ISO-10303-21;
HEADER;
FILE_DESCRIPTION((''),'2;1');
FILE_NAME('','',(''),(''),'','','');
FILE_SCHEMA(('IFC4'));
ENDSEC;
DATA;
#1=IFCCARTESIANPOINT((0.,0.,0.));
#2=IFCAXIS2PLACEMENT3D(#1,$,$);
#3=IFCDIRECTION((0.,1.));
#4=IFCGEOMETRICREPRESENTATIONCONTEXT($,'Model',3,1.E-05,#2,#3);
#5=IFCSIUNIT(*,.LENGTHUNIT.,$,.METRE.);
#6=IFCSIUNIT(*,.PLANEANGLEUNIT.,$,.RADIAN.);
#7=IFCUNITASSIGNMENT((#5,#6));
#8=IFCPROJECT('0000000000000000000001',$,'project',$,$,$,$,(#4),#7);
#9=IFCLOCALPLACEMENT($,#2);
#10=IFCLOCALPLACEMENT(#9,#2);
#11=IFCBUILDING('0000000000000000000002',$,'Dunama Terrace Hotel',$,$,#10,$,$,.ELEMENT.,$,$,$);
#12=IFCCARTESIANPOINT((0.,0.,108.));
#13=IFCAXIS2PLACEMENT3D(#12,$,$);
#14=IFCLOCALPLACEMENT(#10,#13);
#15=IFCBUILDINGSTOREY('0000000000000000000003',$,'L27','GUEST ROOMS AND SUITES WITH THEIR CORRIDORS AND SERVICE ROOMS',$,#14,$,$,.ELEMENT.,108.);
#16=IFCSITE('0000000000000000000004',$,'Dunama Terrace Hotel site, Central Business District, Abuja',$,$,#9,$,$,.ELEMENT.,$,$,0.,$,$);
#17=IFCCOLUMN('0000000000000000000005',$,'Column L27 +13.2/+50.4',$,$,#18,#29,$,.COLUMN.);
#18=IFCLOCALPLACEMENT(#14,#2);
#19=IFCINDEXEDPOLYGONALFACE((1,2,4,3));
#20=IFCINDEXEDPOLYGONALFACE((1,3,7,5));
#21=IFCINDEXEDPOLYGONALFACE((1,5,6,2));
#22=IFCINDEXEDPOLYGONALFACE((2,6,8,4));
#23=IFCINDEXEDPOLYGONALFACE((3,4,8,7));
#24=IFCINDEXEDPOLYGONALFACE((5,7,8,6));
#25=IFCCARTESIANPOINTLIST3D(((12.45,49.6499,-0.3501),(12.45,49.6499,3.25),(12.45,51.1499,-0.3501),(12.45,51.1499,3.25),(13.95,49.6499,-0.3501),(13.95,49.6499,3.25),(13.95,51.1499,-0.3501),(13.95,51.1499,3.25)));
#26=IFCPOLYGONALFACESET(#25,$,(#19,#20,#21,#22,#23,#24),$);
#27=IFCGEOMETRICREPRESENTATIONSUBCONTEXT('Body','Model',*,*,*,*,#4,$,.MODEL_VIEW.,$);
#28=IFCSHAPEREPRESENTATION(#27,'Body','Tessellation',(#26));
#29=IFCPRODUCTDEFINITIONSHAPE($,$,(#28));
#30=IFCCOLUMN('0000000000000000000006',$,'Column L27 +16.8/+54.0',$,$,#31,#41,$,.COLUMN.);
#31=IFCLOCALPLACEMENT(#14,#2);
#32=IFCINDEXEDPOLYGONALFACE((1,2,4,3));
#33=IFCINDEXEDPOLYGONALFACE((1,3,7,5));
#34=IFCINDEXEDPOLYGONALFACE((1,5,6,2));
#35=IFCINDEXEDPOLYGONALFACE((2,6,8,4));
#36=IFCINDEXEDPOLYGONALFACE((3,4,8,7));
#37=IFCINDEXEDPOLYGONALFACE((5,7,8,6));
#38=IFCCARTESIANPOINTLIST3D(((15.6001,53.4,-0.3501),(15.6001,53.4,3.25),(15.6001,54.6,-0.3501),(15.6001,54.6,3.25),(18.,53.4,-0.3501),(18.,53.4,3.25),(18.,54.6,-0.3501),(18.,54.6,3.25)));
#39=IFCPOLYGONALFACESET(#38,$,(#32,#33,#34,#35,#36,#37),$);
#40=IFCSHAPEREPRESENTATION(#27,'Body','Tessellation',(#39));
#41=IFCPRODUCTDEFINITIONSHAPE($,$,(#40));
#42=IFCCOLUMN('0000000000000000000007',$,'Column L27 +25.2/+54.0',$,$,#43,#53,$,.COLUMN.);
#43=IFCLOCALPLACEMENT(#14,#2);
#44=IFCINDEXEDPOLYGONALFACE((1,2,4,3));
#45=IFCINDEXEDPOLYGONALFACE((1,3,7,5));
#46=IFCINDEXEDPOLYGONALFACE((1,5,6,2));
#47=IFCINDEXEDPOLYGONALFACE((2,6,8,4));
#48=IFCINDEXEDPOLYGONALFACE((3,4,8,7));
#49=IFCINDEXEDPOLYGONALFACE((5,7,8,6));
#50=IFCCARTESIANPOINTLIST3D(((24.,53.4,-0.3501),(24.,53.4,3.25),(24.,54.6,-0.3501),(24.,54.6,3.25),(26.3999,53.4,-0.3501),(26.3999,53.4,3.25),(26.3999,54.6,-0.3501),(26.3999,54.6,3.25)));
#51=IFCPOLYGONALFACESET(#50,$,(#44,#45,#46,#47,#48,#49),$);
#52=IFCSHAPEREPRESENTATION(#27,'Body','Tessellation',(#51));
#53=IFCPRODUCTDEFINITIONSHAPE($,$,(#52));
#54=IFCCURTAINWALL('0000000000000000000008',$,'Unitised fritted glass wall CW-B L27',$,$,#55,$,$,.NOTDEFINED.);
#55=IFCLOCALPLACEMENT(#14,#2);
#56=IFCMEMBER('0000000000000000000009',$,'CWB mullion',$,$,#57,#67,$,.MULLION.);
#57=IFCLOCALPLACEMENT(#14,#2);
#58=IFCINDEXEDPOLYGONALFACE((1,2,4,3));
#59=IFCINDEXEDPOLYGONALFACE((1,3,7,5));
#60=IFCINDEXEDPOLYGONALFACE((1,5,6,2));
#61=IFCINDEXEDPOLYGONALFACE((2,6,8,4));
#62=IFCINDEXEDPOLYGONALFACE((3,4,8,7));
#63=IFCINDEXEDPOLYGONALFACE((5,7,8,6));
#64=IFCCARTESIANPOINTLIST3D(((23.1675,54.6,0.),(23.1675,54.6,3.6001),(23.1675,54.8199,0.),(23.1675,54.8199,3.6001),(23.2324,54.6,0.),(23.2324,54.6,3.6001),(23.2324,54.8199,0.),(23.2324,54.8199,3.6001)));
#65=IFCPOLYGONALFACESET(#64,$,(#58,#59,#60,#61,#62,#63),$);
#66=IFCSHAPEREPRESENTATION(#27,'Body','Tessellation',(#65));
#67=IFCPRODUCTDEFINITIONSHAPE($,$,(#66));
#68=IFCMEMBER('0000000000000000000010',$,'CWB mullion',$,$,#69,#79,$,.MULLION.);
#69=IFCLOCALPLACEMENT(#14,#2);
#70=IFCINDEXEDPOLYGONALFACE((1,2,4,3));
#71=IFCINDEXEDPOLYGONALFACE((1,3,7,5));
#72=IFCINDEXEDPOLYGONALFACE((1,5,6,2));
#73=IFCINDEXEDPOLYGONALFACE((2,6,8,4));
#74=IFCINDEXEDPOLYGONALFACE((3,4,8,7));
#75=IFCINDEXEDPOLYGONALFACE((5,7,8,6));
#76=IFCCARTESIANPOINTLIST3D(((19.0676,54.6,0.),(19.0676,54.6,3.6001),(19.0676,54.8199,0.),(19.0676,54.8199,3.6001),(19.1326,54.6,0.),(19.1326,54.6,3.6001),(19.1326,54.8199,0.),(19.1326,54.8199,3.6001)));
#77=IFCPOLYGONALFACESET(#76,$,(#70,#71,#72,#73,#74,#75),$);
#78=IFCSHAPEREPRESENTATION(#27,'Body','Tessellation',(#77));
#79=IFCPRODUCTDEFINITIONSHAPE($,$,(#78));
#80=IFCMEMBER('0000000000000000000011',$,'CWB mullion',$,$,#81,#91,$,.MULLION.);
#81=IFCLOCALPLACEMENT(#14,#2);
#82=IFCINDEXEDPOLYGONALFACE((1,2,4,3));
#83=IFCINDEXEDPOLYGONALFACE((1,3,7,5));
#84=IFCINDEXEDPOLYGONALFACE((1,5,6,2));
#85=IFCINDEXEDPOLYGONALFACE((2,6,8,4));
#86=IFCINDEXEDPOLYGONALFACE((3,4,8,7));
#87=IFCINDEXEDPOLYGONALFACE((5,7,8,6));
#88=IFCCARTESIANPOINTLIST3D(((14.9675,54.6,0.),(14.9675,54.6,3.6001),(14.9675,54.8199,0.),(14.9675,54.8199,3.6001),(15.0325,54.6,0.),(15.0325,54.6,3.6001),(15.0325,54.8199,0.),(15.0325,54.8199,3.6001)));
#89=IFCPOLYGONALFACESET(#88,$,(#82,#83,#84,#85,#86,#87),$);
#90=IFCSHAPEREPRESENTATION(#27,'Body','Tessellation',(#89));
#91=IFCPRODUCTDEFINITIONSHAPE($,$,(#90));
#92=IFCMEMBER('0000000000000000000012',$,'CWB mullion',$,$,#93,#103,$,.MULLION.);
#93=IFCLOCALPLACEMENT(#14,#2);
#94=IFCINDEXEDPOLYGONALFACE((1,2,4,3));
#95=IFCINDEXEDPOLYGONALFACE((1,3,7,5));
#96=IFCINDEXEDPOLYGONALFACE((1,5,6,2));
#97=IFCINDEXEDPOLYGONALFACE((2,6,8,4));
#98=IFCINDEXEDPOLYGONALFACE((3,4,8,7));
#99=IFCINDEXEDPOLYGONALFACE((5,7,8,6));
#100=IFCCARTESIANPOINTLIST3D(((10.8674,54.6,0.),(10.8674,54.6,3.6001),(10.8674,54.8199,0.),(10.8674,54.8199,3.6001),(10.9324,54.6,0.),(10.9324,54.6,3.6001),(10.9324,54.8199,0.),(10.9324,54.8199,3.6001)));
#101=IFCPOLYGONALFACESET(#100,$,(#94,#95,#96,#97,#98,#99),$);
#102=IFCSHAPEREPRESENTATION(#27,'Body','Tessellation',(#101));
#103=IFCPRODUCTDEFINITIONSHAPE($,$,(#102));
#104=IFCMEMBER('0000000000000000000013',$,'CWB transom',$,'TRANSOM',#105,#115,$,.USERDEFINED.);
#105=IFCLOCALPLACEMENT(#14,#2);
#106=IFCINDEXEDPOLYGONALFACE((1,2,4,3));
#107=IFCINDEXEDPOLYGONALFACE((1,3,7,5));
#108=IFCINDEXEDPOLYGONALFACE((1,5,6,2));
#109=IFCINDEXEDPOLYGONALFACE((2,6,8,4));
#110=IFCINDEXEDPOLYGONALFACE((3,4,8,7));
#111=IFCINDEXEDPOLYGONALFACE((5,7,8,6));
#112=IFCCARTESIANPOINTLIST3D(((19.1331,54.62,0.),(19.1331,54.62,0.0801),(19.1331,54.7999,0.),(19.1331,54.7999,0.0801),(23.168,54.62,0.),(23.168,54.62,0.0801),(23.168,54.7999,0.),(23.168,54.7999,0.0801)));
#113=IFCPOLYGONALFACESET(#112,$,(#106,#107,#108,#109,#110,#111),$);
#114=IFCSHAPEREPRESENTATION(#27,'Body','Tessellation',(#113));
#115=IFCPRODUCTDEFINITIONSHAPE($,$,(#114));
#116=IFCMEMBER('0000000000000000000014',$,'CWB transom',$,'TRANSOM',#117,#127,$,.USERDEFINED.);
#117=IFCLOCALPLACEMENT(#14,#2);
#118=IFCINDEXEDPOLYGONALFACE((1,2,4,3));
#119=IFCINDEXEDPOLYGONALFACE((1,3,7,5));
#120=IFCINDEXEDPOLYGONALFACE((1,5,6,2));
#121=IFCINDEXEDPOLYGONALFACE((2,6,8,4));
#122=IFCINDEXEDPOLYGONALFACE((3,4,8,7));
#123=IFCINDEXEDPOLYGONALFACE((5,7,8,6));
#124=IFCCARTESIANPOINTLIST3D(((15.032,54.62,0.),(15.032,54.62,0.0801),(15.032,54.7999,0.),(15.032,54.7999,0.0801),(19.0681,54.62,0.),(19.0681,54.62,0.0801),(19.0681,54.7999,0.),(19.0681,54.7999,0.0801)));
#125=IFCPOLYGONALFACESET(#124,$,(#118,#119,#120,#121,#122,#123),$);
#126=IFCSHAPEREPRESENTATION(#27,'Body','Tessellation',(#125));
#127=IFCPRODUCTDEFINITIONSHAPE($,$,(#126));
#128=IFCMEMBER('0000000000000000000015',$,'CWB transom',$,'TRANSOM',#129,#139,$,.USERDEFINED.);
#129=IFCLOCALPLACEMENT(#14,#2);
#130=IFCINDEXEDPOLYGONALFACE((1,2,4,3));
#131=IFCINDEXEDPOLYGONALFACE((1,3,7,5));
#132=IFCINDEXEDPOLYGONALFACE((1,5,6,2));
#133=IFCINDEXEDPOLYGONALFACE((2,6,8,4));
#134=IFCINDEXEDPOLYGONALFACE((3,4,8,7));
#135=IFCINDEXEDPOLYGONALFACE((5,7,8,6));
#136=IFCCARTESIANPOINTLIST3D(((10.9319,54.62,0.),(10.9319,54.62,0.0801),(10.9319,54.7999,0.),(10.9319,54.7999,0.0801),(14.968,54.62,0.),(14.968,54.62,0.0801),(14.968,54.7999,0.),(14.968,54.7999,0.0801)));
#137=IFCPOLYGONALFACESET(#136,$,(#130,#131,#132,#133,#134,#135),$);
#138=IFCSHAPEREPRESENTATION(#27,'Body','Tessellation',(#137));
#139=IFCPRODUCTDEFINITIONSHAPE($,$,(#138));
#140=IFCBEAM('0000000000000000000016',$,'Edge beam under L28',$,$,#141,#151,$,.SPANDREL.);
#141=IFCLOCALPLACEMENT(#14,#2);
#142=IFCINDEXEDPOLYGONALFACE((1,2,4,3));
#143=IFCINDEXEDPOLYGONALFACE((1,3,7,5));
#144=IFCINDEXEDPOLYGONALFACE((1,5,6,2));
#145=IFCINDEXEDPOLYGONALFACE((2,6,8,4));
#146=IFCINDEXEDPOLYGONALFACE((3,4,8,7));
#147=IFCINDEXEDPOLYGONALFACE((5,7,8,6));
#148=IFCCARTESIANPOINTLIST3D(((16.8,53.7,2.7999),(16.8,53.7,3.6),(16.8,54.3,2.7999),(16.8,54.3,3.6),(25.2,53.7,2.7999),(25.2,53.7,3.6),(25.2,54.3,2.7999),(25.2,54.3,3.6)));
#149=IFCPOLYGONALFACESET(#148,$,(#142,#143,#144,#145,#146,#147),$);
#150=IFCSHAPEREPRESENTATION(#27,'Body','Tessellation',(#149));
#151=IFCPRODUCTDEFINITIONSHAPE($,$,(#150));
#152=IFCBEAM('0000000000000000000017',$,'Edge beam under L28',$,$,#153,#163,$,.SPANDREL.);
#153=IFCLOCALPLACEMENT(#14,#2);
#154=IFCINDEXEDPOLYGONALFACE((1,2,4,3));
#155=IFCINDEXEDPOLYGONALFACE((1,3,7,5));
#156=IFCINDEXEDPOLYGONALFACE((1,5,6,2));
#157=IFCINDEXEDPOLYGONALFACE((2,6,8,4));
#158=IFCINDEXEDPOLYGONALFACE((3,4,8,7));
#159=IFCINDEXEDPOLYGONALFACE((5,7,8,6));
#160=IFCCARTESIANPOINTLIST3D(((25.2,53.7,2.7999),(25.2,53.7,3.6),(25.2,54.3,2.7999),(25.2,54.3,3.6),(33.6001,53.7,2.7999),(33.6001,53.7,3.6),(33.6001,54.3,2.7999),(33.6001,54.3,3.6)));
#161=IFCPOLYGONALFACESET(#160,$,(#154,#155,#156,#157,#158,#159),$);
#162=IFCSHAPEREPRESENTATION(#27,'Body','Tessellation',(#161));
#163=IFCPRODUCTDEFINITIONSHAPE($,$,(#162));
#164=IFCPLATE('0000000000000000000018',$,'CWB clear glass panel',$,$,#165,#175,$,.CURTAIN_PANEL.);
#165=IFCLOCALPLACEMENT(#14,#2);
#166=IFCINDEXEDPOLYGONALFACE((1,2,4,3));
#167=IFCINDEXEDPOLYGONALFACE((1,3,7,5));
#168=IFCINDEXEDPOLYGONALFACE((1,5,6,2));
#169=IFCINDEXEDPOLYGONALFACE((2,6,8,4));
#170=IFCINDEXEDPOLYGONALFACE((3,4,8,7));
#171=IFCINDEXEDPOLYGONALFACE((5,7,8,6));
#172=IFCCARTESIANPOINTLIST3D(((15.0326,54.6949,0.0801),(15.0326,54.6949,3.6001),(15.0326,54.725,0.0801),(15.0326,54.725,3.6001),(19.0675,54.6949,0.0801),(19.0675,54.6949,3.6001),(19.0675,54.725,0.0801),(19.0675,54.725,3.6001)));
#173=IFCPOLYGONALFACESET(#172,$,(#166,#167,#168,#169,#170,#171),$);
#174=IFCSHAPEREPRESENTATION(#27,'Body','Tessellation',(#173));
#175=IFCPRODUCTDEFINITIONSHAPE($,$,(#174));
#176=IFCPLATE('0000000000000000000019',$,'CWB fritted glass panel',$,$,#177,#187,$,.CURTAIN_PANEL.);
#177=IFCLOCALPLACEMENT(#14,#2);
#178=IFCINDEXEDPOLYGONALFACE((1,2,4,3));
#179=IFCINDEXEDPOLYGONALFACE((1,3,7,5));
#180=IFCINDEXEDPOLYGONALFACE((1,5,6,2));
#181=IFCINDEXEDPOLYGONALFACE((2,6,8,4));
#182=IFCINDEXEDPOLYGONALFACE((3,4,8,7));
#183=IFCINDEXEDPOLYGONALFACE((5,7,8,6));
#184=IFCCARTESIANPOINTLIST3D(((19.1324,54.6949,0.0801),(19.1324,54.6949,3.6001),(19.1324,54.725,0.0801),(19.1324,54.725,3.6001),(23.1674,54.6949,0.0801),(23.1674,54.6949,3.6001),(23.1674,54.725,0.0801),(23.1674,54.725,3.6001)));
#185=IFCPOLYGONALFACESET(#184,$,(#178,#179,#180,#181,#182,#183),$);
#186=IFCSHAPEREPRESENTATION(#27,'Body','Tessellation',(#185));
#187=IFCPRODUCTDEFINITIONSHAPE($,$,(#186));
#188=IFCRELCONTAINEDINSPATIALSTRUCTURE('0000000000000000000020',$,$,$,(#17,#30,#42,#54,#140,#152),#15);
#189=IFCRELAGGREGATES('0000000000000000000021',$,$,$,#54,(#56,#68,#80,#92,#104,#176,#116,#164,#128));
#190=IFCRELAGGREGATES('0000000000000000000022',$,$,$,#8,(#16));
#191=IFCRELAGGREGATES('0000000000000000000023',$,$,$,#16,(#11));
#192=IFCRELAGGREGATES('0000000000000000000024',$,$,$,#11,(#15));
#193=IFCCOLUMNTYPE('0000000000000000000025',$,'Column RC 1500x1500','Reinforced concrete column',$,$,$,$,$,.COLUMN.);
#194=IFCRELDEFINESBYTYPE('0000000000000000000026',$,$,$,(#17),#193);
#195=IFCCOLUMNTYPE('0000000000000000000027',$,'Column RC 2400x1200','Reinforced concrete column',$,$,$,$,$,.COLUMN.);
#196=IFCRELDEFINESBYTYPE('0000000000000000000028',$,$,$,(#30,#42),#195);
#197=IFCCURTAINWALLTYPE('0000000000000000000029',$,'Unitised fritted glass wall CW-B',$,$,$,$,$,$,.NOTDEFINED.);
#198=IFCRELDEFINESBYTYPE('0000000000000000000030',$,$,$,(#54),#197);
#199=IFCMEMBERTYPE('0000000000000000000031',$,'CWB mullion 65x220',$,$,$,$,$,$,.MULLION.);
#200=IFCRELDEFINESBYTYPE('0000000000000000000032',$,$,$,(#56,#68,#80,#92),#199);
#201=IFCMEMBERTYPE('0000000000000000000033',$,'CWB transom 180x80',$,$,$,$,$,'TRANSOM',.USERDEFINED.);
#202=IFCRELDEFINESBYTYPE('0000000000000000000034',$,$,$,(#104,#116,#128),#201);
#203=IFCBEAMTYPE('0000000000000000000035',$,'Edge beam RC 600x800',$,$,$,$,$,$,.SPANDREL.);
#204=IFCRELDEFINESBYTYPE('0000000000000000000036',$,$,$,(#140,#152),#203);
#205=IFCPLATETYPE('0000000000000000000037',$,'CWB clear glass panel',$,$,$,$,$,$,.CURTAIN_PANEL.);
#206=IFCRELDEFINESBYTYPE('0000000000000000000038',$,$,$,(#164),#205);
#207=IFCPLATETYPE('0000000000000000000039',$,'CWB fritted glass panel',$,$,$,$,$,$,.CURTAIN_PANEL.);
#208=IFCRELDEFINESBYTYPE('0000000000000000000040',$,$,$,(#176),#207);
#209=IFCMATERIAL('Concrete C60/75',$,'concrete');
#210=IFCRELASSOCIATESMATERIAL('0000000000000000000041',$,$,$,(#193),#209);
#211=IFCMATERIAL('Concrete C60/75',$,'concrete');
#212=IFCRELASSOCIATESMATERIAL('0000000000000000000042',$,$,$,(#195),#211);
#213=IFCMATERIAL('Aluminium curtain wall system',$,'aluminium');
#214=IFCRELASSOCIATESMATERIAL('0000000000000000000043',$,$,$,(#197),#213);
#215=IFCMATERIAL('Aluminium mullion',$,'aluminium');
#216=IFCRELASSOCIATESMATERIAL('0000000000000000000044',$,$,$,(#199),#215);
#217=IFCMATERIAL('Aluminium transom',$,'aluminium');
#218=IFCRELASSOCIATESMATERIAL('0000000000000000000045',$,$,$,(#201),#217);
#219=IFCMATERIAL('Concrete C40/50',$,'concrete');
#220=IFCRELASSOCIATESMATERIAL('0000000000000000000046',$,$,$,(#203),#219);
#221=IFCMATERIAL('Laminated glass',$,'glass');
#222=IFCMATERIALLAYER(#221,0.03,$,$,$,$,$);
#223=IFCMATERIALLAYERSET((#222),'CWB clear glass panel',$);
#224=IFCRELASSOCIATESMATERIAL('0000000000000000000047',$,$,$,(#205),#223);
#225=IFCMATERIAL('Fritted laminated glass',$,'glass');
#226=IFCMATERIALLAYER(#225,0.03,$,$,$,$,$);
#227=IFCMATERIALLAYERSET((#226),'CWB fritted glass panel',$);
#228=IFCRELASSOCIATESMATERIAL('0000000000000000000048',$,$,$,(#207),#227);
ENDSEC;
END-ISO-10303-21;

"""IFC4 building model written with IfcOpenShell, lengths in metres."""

from ifc_helpers import new_model, si_unit, direction, frame, origin, origin_2d, place, context, subcontext, project, spatial, rectangle, extrude, material, layer, layer_set, material_profile, profile_set, type_object, element, aggregate, save


model = new_model("IFC4")

# Units and contexts
model_context = context("Model", 3, precision=1e-05, world=origin(), true_north=direction((0.0, 1.0)))
body_context = subcontext(model_context, "Body", "Model", "MODEL_VIEW")
ifc_project = project(units=[si_unit("LENGTHUNIT", "METRE"), si_unit("PLANEANGLEUNIT", "RADIAN")], contexts=[model_context])

# Site, building, storey
site_placement = place(None, origin())
site = spatial("IfcSite", under=ifc_project, at=site_placement, Name="Dunama Terrace Hotel site, Central Business District, Abuja", CompositionType="ELEMENT", RefElevation=0.0)
building_placement = place(site_placement, origin())
building = spatial("IfcBuilding", under=site, at=building_placement, Name="Dunama Terrace Hotel", CompositionType="ELEMENT")
storey_placement = place(building_placement, frame((0.0, 0.0, 108.0)))
storey = spatial("IfcBuildingStorey", under=building, at=storey_placement, Name="L27", Description="GUEST ROOMS AND SUITES WITH THEIR CORRIDORS AND SERVICE ROOMS", CompositionType="ELEMENT", Elevation=108.0)

# Columns
ifc_material_1 = material(Name="Concrete C60/75", Category="concrete")
ifc_material_profile_1 = material_profile(ifc_material_1, rectangle(XDim=1.5, YDim=1.5, at=origin_2d()), Name="RC 1500x1500")
ifc_profile_set_1 = profile_set([ifc_material_profile_1], Name="Concrete C60/75")
column_type_1 = type_object("IfcColumnType", Name="Column RC 1500x1500", Description="Reinforced concrete column", PredefinedType="COLUMN", material=ifc_profile_set_1)
column_placement = place(storey_placement, frame((13.2, 50.3999, -0.3501), z_axis=(0.0, 0.0, 1.0), x_axis=(1.0, 0.0, 0.0)))
element("IfcColumn", 1, at=column_placement, inside=storey, type_object=column_type_1, Name="Column L27 +13.2/+50.4", PredefinedType="COLUMN", context=body_context, shape_type="SweptSolid", body=[
    extrude(rectangle(XDim=1.5, YDim=1.5, at=origin_2d()), origin(), (0.0, 0.0, 1.0), 3.6001),
])
ifc_material_2 = material(Name="Concrete C60/75", Category="concrete")
ifc_material_profile_2 = material_profile(ifc_material_2, rectangle(XDim=2.3999, YDim=1.2, at=origin_2d()), Name="RC 2400x1200")
ifc_profile_set_2 = profile_set([ifc_material_profile_2], Name="Concrete C60/75")
column_type_2 = type_object("IfcColumnType", Name="Column RC 2400x1200", Description="Reinforced concrete column", PredefinedType="COLUMN", material=ifc_profile_set_2)
for number, where, z_axis, x_axis, name in (
    (2, (16.8, 54.0, -0.3501), (0.0, 0.0, 1.0), (1.0, 0.0, 0.0), "Column L27 +16.8/+54.0"),
    (3, (25.2, 54.0, -0.3501), (0.0, 0.0, 1.0), (1.0, 0.0, 0.0), "Column L27 +25.2/+54.0"),
):
    element("IfcColumn", number, at=place(storey_placement, frame(where, z_axis=z_axis, x_axis=x_axis)), inside=storey, type_object=column_type_2, Name=name, PredefinedType="COLUMN", context=body_context, shape_type="SweptSolid", body=[
        extrude(rectangle(XDim=2.3999, YDim=1.2, at=origin_2d()), origin(), (0.0, 0.0, 1.0), 3.6001),
    ])

# Curtain wall, members
ifc_material_3 = material(Name="Aluminium curtain wall system", Category="aluminium")
curtain_wall_type = type_object("IfcCurtainWallType", Name="Unitised fritted glass wall CW-B", PredefinedType="NOTDEFINED", material=ifc_material_3)
curtain_wall_placement = place(storey_placement, origin())
curtain_wall = element("IfcCurtainWall", 4, at=curtain_wall_placement, inside=storey, type_object=curtain_wall_type, Name="Unitised fritted glass wall CW-B L27", PredefinedType="NOTDEFINED")
ifc_material_4 = material(Name="Aluminium mullion", Category="aluminium")
ifc_material_profile_3 = material_profile(ifc_material_4, rectangle(XDim=0.0649, YDim=0.22, at=origin_2d()), Name="CWB MULLION 65X220")
ifc_profile_set_3 = profile_set([ifc_material_profile_3], Name="Aluminium mullion")
member_type_1 = type_object("IfcMemberType", Name="CWB mullion 65x220", PredefinedType="MULLION", material=ifc_profile_set_3)
member_1_placement = place(storey_placement, frame((23.2, 54.71, 0.0), z_axis=(0.0, 0.0, 1.0), x_axis=(-1.0, 0.0, 0.0)))
member_1 = element("IfcMember", 5, at=member_1_placement, type_object=member_type_1, Name="CWB mullion", PredefinedType="MULLION", context=body_context, shape_type="SweptSolid", body=[
    extrude(rectangle(XDim=0.0649, YDim=0.22, at=origin_2d()), origin(), (0.0, 0.0, 1.0), 3.6001),
])
member_2_placement = place(storey_placement, frame((19.1001, 54.71, 0.0), z_axis=(0.0, 0.0, 1.0), x_axis=(-1.0, 0.0, 0.0)))
member_2 = element("IfcMember", 6, at=member_2_placement, type_object=member_type_1, Name="CWB mullion", PredefinedType="MULLION", context=body_context, shape_type="SweptSolid", body=[
    extrude(rectangle(XDim=0.0649, YDim=0.22, at=origin_2d()), origin(), (0.0, 0.0, 1.0), 3.6001),
])
member_3_placement = place(storey_placement, frame((15.0, 54.71, 0.0), z_axis=(0.0, 0.0, 1.0), x_axis=(-1.0, 0.0, 0.0)))
member_3 = element("IfcMember", 7, at=member_3_placement, type_object=member_type_1, Name="CWB mullion", PredefinedType="MULLION", context=body_context, shape_type="SweptSolid", body=[
    extrude(rectangle(XDim=0.0649, YDim=0.22, at=origin_2d()), origin(), (0.0, 0.0, 1.0), 3.6001),
])
member_4_placement = place(storey_placement, frame((10.8999, 54.71, 0.0), z_axis=(0.0, 0.0, 1.0), x_axis=(-1.0, 0.0, 0.0)))
member_4 = element("IfcMember", 8, at=member_4_placement, type_object=member_type_1, Name="CWB mullion", PredefinedType="MULLION", context=body_context, shape_type="SweptSolid", body=[
    extrude(rectangle(XDim=0.0649, YDim=0.22, at=origin_2d()), origin(), (0.0, 0.0, 1.0), 3.6001),
])
ifc_material_5 = material(Name="Aluminium transom", Category="aluminium")
ifc_material_profile_4 = material_profile(ifc_material_5, rectangle(XDim=0.1799, YDim=0.0801, at=origin_2d()), Name="CWB TRANSOM 180X80")
ifc_profile_set_4 = profile_set([ifc_material_profile_4], Name="Aluminium transom")
member_type_2 = type_object("IfcMemberType", Name="CWB transom 180x80", ElementType="TRANSOM", PredefinedType="USERDEFINED", material=ifc_profile_set_4)
member_5_placement = place(storey_placement, frame((23.168, 54.71, 0.04), z_axis=(-1.0, 0.0, 0.0), x_axis=(0.0, -1.0, 0.0)))
member_5 = element("IfcMember", 9, at=member_5_placement, type_object=member_type_2, Name="CWB transom", ObjectType="TRANSOM", PredefinedType="USERDEFINED", context=body_context, shape_type="SweptSolid", body=[
    extrude(rectangle(XDim=0.1799, YDim=0.0801, at=origin_2d()), origin(), (0.0, 0.0, 1.0), 4.0349),
])
member_6_placement = place(storey_placement, frame((19.0681, 54.71, 0.04), z_axis=(-1.0, 0.0, 0.0), x_axis=(0.0, -1.0, 0.0)))
member_6 = element("IfcMember", 10, at=member_6_placement, type_object=member_type_2, Name="CWB transom", ObjectType="TRANSOM", PredefinedType="USERDEFINED", context=body_context, shape_type="SweptSolid", body=[
    extrude(rectangle(XDim=0.1799, YDim=0.0801, at=origin_2d()), origin(), (0.0, 0.0, 1.0), 4.0361),
])
member_7_placement = place(storey_placement, frame((14.968, 54.71, 0.04), z_axis=(-1.0, 0.0, 0.0), x_axis=(0.0, -1.0, 0.0)))
member_7 = element("IfcMember", 11, at=member_7_placement, type_object=member_type_2, Name="CWB transom", ObjectType="TRANSOM", PredefinedType="USERDEFINED", context=body_context, shape_type="SweptSolid", body=[
    extrude(rectangle(XDim=0.1799, YDim=0.0801, at=origin_2d()), origin(), (0.0, 0.0, 1.0), 4.0361),
])

# Beams
ifc_material_6 = material(Name="Concrete C40/50", Category="concrete")
ifc_material_profile_5 = material_profile(ifc_material_6, rectangle(XDim=0.6001, YDim=0.8, at=origin_2d()), Name="RC 600x800")
ifc_profile_set_5 = profile_set([ifc_material_profile_5], Name="Concrete C40/50")
beam_type = type_object("IfcBeamType", Name="Edge beam RC 600x800", PredefinedType="SPANDREL", material=ifc_profile_set_5)
beam_1_placement = place(storey_placement, frame((16.8, 54.0, 3.2), z_axis=(1.0, 0.0, 0.0), x_axis=(0.0, 1.0, 0.0)))
element("IfcBeam", 12, at=beam_1_placement, inside=storey, type_object=beam_type, Name="Edge beam under L28", PredefinedType="SPANDREL", context=body_context, shape_type="SweptSolid", body=[
    extrude(rectangle(XDim=0.6001, YDim=0.8, at=origin_2d()), origin(), (0.0, 0.0, 1.0), 8.3999),
])
beam_2_placement = place(storey_placement, frame((25.2, 54.0, 3.2), z_axis=(1.0, 0.0, 0.0), x_axis=(0.0, 1.0, 0.0)))
element("IfcBeam", 13, at=beam_2_placement, inside=storey, type_object=beam_type, Name="Edge beam under L28", PredefinedType="SPANDREL", context=body_context, shape_type="SweptSolid", body=[
    extrude(rectangle(XDim=0.6001, YDim=0.8, at=origin_2d()), origin(), (0.0, 0.0, 1.0), 8.4001),
])

# Plates
ifc_material_7 = material(Name="Laminated glass", Category="glass")
ifc_layer_1 = layer(ifc_material_7, 0.03)
ifc_layer_set_1 = layer_set([ifc_layer_1], Name="CWB clear glass panel")
plate_type_1 = type_object("IfcPlateType", Name="CWB clear glass panel", PredefinedType="CURTAIN_PANEL", material=ifc_layer_set_1)
plate_1_placement = place(storey_placement, frame((17.05, 54.71, 0.0801), z_axis=(0.0, 0.0, 1.0), x_axis=(-1.0, 0.0, 0.0)))
plate_1 = element("IfcPlate", 14, at=plate_1_placement, type_object=plate_type_1, Name="CWB clear glass panel", PredefinedType="CURTAIN_PANEL", context=body_context, shape_type="SweptSolid", body=[
    extrude(rectangle(XDim=4.0349, YDim=0.03, at=origin_2d()), origin(), (0.0, 0.0, 1.0), 3.52),
])
ifc_material_8 = material(Name="Fritted laminated glass", Category="glass")
ifc_layer_2 = layer(ifc_material_8, 0.03)
ifc_layer_set_2 = layer_set([ifc_layer_2], Name="CWB fritted glass panel")
plate_type_2 = type_object("IfcPlateType", Name="CWB fritted glass panel", PredefinedType="CURTAIN_PANEL", material=ifc_layer_set_2)
plate_2_placement = place(storey_placement, frame((21.1499, 54.71, 0.0801), z_axis=(0.0, 0.0, 1.0), x_axis=(-1.0, 0.0, 0.0)))
plate_2 = element("IfcPlate", 15, at=plate_2_placement, type_object=plate_type_2, Name="CWB fritted glass panel", PredefinedType="CURTAIN_PANEL", context=body_context, shape_type="SweptSolid", body=[
    extrude(rectangle(XDim=4.0349, YDim=0.03, at=origin_2d()), origin(), (0.0, 0.0, 1.0), 3.52),
])
aggregate(curtain_wall, [member_1, member_2, member_3, member_4, member_5, plate_2, member_6, plate_1, member_7])

save(model, "model.ifc")
